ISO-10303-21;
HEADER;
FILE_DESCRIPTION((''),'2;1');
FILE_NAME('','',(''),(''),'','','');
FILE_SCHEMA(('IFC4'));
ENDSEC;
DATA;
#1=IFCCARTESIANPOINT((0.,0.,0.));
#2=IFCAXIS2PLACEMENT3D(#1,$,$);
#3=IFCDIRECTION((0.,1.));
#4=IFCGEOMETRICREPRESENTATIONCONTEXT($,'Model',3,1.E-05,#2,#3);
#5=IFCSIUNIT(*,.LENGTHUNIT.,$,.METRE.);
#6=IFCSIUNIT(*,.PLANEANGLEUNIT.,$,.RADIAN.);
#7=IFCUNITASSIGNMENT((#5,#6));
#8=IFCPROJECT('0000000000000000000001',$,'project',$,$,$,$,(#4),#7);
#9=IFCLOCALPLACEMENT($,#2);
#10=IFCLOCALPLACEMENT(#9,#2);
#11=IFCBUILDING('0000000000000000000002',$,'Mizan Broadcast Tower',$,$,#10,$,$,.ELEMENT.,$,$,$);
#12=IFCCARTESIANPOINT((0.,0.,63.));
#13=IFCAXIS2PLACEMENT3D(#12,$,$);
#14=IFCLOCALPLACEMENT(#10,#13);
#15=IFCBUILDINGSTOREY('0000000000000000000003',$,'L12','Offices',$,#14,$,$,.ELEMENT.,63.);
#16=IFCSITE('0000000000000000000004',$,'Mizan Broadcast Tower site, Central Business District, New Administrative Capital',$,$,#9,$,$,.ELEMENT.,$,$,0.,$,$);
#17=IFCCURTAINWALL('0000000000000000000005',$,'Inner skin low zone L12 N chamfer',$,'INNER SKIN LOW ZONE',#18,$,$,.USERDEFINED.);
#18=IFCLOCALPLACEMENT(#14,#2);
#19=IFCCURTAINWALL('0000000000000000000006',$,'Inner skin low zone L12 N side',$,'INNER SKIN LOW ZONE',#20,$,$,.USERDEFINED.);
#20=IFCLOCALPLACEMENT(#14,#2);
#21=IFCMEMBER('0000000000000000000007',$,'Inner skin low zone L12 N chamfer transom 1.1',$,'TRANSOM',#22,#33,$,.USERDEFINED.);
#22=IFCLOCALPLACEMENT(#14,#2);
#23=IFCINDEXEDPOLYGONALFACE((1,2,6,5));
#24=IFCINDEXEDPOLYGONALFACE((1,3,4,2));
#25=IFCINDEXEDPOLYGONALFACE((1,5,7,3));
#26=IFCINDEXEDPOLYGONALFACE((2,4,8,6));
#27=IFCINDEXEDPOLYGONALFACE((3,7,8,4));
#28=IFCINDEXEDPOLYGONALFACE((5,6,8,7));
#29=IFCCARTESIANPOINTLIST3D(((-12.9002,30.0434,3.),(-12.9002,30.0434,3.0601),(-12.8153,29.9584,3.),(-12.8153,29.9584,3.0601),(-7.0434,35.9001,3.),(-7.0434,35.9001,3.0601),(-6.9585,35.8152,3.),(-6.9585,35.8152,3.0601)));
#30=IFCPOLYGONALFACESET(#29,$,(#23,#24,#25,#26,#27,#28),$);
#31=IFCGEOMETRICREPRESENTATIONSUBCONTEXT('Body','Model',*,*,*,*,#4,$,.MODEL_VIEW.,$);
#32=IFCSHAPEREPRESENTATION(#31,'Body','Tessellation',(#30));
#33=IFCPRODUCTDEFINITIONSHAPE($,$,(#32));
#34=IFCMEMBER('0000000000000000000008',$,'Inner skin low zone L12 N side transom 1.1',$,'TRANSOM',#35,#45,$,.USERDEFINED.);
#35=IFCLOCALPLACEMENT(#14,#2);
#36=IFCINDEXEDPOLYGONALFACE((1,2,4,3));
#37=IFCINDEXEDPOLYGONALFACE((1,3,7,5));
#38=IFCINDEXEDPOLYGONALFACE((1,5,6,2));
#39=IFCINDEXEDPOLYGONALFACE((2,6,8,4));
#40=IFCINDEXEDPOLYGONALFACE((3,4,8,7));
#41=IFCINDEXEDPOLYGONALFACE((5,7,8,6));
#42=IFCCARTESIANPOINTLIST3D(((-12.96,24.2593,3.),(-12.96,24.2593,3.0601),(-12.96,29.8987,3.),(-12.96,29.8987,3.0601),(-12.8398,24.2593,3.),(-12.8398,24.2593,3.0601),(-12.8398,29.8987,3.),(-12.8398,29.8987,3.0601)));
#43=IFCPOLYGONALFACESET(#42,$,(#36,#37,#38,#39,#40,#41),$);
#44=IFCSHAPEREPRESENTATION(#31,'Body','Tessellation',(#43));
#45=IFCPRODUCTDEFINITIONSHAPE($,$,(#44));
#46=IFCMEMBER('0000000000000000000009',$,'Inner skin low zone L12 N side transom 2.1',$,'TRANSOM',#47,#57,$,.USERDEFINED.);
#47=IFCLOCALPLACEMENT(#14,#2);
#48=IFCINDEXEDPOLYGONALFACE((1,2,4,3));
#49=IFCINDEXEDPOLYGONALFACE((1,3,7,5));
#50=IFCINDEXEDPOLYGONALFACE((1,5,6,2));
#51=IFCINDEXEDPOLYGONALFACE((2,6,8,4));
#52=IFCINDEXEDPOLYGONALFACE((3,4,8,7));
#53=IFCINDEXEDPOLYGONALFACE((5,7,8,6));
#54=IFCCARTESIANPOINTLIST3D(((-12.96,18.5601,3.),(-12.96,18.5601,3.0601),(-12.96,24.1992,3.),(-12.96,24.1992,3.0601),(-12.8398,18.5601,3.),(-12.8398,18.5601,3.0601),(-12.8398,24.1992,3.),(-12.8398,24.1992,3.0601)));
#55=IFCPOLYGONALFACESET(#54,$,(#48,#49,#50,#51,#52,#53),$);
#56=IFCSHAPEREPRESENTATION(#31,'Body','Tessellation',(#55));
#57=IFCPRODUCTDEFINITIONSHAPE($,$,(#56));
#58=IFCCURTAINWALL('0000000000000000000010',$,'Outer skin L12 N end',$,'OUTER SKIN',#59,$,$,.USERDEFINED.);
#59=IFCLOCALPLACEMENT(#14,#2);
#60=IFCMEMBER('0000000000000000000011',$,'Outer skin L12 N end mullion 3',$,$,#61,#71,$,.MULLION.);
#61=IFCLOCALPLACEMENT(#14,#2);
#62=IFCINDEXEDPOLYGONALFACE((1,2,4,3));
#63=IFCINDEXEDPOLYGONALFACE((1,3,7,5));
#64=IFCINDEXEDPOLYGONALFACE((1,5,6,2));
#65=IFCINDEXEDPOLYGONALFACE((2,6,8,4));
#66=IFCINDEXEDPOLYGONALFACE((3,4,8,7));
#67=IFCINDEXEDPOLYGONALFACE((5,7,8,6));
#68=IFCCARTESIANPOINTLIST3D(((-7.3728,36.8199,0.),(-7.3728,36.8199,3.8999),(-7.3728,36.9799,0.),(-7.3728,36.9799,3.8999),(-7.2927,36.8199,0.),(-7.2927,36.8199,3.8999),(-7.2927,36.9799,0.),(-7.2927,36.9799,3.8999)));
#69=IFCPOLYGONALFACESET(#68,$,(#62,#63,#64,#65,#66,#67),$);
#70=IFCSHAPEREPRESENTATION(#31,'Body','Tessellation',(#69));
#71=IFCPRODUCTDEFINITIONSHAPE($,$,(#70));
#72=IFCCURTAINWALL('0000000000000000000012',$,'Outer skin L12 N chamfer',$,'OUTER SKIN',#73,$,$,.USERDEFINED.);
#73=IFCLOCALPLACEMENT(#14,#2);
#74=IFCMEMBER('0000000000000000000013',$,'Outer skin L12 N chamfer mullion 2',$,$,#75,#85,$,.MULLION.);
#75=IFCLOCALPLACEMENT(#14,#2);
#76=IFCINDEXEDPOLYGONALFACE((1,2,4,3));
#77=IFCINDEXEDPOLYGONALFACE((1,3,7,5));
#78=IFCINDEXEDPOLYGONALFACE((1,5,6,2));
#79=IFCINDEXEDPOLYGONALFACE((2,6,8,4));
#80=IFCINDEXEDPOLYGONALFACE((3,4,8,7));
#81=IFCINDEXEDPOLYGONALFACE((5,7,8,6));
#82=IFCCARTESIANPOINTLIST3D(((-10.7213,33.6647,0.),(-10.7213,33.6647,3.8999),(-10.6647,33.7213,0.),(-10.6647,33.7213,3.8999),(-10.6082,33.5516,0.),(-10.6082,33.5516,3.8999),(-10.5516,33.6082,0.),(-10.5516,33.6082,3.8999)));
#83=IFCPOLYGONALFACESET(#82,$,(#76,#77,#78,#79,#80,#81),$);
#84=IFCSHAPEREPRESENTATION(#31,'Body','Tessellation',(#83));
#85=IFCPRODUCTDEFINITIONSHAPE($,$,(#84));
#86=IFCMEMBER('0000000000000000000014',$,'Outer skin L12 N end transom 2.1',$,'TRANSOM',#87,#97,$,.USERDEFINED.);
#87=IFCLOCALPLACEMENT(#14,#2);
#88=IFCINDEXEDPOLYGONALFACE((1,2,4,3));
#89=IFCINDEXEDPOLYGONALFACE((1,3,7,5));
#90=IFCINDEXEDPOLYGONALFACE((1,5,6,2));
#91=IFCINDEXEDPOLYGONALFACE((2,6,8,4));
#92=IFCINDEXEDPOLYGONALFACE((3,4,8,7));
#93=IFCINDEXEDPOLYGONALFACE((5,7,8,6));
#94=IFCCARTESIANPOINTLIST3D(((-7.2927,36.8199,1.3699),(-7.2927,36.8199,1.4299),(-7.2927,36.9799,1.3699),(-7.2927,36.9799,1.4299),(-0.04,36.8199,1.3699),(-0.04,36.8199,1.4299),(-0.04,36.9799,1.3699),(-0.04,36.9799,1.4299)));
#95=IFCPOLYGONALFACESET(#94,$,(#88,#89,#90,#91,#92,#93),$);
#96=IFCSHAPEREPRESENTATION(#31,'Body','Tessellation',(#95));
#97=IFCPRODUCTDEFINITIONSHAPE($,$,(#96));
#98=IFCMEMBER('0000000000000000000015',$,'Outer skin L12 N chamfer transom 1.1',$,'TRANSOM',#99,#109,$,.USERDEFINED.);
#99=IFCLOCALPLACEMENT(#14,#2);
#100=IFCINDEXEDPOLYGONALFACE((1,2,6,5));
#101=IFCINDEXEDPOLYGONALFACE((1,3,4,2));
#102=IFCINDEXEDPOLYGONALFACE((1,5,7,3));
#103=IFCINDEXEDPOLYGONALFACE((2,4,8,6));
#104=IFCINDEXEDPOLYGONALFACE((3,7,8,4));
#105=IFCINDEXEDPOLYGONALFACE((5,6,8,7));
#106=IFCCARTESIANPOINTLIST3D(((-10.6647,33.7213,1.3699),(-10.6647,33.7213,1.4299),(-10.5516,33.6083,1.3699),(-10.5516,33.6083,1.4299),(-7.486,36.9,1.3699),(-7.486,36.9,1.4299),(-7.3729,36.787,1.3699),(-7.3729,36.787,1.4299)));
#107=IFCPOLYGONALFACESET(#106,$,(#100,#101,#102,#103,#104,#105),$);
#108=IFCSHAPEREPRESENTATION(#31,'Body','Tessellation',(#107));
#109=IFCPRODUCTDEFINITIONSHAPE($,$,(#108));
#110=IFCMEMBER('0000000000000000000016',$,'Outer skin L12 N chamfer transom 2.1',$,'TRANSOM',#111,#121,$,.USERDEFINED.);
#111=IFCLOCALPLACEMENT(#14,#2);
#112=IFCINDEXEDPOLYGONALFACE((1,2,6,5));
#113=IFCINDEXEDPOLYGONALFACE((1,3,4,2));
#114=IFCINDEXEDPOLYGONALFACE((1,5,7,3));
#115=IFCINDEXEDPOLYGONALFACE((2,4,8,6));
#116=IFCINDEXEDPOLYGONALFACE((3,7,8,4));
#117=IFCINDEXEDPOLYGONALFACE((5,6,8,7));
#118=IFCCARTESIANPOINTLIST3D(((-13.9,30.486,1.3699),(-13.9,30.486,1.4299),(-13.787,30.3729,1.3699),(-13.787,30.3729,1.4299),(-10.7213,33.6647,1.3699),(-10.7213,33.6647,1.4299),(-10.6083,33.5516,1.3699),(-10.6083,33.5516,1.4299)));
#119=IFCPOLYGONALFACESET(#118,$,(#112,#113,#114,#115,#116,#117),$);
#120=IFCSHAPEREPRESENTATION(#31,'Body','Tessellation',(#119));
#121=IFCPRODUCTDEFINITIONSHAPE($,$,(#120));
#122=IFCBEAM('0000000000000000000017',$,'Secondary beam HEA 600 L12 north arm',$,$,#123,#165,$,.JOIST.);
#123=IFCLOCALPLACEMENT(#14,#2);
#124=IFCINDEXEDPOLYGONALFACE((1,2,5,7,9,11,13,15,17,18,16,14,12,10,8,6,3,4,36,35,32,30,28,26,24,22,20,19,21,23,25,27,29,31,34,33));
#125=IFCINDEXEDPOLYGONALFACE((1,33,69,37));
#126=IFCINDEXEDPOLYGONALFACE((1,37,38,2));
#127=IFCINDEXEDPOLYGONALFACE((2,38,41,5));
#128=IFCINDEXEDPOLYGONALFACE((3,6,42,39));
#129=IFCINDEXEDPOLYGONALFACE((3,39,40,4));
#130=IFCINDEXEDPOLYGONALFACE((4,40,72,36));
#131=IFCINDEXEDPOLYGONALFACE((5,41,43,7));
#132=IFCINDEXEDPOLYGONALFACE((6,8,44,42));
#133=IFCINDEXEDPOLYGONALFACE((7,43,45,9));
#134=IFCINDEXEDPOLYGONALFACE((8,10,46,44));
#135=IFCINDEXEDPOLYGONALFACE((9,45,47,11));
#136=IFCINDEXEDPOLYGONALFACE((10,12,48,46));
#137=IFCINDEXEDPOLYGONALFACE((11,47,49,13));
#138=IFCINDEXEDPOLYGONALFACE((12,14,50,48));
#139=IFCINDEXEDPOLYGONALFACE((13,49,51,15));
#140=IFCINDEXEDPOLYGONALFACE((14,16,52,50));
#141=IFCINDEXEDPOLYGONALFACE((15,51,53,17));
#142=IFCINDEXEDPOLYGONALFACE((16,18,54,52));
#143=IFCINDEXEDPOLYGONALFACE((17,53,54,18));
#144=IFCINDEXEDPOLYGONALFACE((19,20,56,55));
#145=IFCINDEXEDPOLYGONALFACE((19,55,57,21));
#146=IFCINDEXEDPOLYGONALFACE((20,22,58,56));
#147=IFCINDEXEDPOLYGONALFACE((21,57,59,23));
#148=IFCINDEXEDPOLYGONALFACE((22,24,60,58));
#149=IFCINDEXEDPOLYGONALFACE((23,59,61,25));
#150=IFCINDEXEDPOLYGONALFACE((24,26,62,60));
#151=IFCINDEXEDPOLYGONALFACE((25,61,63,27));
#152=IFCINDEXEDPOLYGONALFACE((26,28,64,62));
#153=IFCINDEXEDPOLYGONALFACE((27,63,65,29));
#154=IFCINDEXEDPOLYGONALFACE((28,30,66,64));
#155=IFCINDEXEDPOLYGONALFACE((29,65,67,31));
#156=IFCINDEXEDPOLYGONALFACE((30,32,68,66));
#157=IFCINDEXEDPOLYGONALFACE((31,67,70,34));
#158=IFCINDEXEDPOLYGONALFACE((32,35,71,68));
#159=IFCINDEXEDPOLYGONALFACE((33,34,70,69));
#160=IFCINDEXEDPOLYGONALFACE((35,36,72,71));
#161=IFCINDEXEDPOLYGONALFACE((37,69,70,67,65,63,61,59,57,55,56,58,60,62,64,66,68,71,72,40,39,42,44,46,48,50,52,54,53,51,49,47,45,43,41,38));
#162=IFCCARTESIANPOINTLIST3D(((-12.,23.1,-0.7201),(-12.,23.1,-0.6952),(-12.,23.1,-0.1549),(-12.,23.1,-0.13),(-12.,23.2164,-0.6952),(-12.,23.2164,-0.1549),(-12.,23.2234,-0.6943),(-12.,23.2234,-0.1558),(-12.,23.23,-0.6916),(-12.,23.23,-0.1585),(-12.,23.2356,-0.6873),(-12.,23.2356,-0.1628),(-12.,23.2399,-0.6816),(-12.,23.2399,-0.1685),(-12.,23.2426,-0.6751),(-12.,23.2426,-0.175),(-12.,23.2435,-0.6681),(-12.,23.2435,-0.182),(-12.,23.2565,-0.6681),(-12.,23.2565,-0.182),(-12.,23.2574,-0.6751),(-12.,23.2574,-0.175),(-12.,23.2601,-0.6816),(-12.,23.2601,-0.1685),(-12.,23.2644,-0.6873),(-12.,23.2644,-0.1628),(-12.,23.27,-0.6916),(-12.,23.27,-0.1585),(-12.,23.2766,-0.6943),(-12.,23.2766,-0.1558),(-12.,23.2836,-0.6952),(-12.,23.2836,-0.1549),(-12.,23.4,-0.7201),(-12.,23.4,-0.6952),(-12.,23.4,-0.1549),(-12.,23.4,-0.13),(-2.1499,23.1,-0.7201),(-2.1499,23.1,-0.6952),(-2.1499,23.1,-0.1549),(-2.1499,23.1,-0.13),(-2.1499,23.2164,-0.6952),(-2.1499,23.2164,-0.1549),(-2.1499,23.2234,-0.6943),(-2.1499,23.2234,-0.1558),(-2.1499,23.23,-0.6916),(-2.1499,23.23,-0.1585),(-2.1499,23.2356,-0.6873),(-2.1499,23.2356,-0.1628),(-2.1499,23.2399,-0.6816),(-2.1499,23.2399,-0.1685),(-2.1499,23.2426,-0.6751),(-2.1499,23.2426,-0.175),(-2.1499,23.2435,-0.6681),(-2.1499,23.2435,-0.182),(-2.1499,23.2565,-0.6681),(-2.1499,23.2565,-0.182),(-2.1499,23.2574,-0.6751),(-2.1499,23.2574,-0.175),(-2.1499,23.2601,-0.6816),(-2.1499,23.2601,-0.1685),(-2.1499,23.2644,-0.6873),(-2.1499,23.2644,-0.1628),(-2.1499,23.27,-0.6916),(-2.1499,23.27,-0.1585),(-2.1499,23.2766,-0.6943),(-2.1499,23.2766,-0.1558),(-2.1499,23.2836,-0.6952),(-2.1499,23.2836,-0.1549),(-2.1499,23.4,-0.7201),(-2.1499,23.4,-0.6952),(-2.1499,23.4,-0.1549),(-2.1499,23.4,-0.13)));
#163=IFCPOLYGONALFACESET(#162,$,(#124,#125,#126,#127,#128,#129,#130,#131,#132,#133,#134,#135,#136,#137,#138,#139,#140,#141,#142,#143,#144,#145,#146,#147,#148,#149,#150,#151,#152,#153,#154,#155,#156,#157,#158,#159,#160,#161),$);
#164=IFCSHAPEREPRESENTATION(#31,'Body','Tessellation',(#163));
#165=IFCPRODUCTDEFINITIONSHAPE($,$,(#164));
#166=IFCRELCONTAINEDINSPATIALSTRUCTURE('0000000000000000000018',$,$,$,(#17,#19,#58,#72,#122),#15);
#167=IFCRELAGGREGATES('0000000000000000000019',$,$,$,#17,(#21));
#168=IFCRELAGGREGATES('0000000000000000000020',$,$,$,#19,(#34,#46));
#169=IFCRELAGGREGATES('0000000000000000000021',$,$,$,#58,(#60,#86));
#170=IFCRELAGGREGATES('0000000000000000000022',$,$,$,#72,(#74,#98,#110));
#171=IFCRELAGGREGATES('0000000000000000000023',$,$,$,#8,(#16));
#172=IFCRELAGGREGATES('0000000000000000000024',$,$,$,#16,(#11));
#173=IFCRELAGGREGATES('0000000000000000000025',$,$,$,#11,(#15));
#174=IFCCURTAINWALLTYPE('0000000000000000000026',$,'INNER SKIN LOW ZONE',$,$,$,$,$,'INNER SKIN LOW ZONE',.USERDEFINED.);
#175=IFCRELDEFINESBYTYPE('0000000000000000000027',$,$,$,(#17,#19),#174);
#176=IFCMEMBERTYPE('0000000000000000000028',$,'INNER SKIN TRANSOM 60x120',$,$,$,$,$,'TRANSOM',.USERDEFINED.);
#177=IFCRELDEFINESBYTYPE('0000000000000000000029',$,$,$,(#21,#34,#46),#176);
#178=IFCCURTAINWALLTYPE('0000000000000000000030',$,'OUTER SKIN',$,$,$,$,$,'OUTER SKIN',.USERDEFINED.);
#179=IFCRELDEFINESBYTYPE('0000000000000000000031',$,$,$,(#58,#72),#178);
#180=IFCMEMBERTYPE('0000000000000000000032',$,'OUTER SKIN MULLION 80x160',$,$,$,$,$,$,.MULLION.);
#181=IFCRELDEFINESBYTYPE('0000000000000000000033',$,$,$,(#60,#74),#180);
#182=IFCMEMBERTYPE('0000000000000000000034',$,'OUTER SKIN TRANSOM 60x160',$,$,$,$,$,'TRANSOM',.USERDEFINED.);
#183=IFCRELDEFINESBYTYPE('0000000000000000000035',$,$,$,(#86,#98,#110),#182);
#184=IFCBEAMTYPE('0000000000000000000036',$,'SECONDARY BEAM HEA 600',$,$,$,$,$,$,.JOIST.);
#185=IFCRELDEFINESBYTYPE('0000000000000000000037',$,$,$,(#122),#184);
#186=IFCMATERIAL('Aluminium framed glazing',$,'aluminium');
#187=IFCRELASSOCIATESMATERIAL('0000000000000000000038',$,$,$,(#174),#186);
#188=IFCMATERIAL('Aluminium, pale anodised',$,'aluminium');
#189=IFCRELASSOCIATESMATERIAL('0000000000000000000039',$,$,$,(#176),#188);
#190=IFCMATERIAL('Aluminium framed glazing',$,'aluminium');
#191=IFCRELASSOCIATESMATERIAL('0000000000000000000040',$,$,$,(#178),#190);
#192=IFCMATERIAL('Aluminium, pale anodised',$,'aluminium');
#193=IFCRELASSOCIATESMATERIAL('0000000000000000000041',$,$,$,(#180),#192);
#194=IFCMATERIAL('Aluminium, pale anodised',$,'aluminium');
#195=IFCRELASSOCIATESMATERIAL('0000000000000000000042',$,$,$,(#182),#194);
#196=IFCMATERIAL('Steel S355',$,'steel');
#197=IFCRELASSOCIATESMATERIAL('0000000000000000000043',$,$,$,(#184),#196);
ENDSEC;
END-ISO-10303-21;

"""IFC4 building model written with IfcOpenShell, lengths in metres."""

from ifc_helpers import new_model, si_unit, direction, frame, origin, origin_2d, place, context, subcontext, project, spatial, rectangle, i_section, extrude, material, material_profile, profile_set, type_object, element, aggregate, save


model = new_model("IFC4")

# Units and contexts
model_context = context("Model", 3, precision=1e-05, world=origin(), true_north=direction((0.0, 1.0)))
body_context = subcontext(model_context, "Body", "Model", "MODEL_VIEW")
ifc_project = project(units=[si_unit("LENGTHUNIT", "METRE"), si_unit("PLANEANGLEUNIT", "RADIAN")], contexts=[model_context])

# Site, building, storey
site_placement = place(None, origin())
site = spatial("IfcSite", under=ifc_project, at=site_placement, Name="Mizan Broadcast Tower site, Central Business District, New Administrative Capital", CompositionType="ELEMENT", RefElevation=0.0)
building_placement = place(site_placement, origin())
building = spatial("IfcBuilding", under=site, at=building_placement, Name="Mizan Broadcast Tower", CompositionType="ELEMENT")
storey_placement = place(building_placement, frame((0.0, 0.0, 63.0)))
storey = spatial("IfcBuildingStorey", under=building, at=storey_placement, Name="L12", Description="Offices", CompositionType="ELEMENT", Elevation=63.0)

# Curtain walls
ifc_material_1 = material(Name="Aluminium framed glazing", Category="aluminium")
curtain_wall_type_1 = type_object("IfcCurtainWallType", Name="INNER SKIN LOW ZONE", ElementType="INNER SKIN LOW ZONE", PredefinedType="USERDEFINED", material=ifc_material_1)
curtain_wall_1_placement = place(storey_placement, origin())
curtain_wall_1 = element("IfcCurtainWall", 1, at=curtain_wall_1_placement, inside=storey, type_object=curtain_wall_type_1, Name="Inner skin low zone L12 N chamfer", ObjectType="INNER SKIN LOW ZONE", PredefinedType="USERDEFINED")
curtain_wall_2_placement = place(storey_placement, origin())
curtain_wall_2 = element("IfcCurtainWall", 2, at=curtain_wall_2_placement, inside=storey, type_object=curtain_wall_type_1, Name="Inner skin low zone L12 N side", ObjectType="INNER SKIN LOW ZONE", PredefinedType="USERDEFINED")

# Members
ifc_material_2 = material(Name="Aluminium, pale anodised", Category="aluminium")
ifc_material_profile_1 = material_profile(ifc_material_2, rectangle(XDim=0.1201, YDim=0.0601, at=origin_2d()), Name="TRANSOM 120x60")
ifc_profile_set_1 = profile_set([ifc_material_profile_1], Name="Aluminium, pale anodised")
member_type_1 = type_object("IfcMemberType", Name="INNER SKIN TRANSOM 60x120", ElementType="TRANSOM", PredefinedType="USERDEFINED", material=ifc_profile_set_1)
member_1_placement = place(storey_placement, frame((-7.001, 35.8577, 3.03), z_axis=(-0.707107, -0.707107, 0.0), x_axis=(0.707107, -0.707107, 0.0)))
member_1 = element("IfcMember", 3, at=member_1_placement, type_object=member_type_1, Name="Inner skin low zone L12 N chamfer transom 1.1", ObjectType="TRANSOM", PredefinedType="USERDEFINED", context=body_context, shape_type="SweptSolid", body=[
    extrude(rectangle(XDim=0.1201, YDim=0.0601, at=origin_2d()), origin(), (0.0, 0.0, 1.0), 8.2827),
])
member_2_placement = place(storey_placement, frame((-12.8999, 29.8987, 3.03), z_axis=(0.0, -1.0, 0.0), x_axis=(1.0, 0.0, 0.0)))
member_2 = element("IfcMember", 4, at=member_2_placement, type_object=member_type_1, Name="Inner skin low zone L12 N side transom 1.1", ObjectType="TRANSOM", PredefinedType="USERDEFINED", context=body_context, shape_type="SweptSolid", body=[
    extrude(rectangle(XDim=0.1201, YDim=0.0601, at=origin_2d()), origin(), (0.0, 0.0, 1.0), 5.6394),
])
member_3_placement = place(storey_placement, frame((-12.8999, 24.1992, 3.03), z_axis=(0.0, -1.0, 0.0), x_axis=(1.0, 0.0, 0.0)))
member_3 = element("IfcMember", 5, at=member_3_placement, type_object=member_type_1, Name="Inner skin low zone L12 N side transom 2.1", ObjectType="TRANSOM", PredefinedType="USERDEFINED", context=body_context, shape_type="SweptSolid", body=[
    extrude(rectangle(XDim=0.1201, YDim=0.0601, at=origin_2d()), origin(), (0.0, 0.0, 1.0), 5.6392),
])

# Curtain walls, members
ifc_material_3 = material(Name="Aluminium framed glazing", Category="aluminium")
curtain_wall_type_2 = type_object("IfcCurtainWallType", Name="OUTER SKIN", ElementType="OUTER SKIN", PredefinedType="USERDEFINED", material=ifc_material_3)
curtain_wall_3_placement = place(storey_placement, origin())
curtain_wall_3 = element("IfcCurtainWall", 6, at=curtain_wall_3_placement, inside=storey, type_object=curtain_wall_type_2, Name="Outer skin L12 N end", ObjectType="OUTER SKIN", PredefinedType="USERDEFINED")
ifc_material_4 = material(Name="Aluminium, pale anodised", Category="aluminium")
ifc_material_profile_2 = material_profile(ifc_material_4, rectangle(XDim=0.1599, YDim=0.0801, at=origin_2d()), Name="MULLION 160x80")
ifc_profile_set_2 = profile_set([ifc_material_profile_2], Name="Aluminium, pale anodised")
member_type_2 = type_object("IfcMemberType", Name="OUTER SKIN MULLION 80x160", PredefinedType="MULLION", material=ifc_profile_set_2)
member_4_placement = place(storey_placement, frame((-7.3328, 36.8999, 0.0), z_axis=(0.0, 0.0, 1.0), x_axis=(0.0, -1.0, 0.0)))
member_4 = element("IfcMember", 7, at=member_4_placement, type_object=member_type_2, Name="Outer skin L12 N end mullion 3", PredefinedType="MULLION", context=body_context, shape_type="SweptSolid", body=[
    extrude(rectangle(XDim=0.1599, YDim=0.0801, at=origin_2d()), origin(), (0.0, 0.0, 1.0), 3.8999),
])
curtain_wall_4_placement = place(storey_placement, origin())
curtain_wall_4 = element("IfcCurtainWall", 8, at=curtain_wall_4_placement, inside=storey, type_object=curtain_wall_type_2, Name="Outer skin L12 N chamfer", ObjectType="OUTER SKIN", PredefinedType="USERDEFINED")
member_5_placement = place(storey_placement, frame((-10.6365, 33.6365, 0.0), z_axis=(0.0, 0.0, 1.0), x_axis=(0.707107, -0.707107, 0.0)))
member_5 = element("IfcMember", 9, at=member_5_placement, type_object=member_type_2, Name="Outer skin L12 N chamfer mullion 2", PredefinedType="MULLION", context=body_context, shape_type="SweptSolid", body=[
    extrude(rectangle(XDim=0.1599, YDim=0.0801, at=origin_2d()), origin(), (0.0, 0.0, 1.0), 3.8999),
])

# Members
ifc_material_5 = material(Name="Aluminium, pale anodised", Category="aluminium")
ifc_material_profile_3 = material_profile(ifc_material_5, rectangle(XDim=0.1599, YDim=0.0601, at=origin_2d()), Name="TRANSOM 160x60")
ifc_profile_set_3 = profile_set([ifc_material_profile_3], Name="Aluminium, pale anodised")
member_type_3 = type_object("IfcMemberType", Name="OUTER SKIN TRANSOM 60x160", ElementType="TRANSOM", PredefinedType="USERDEFINED", material=ifc_profile_set_3)
member_6_placement = place(storey_placement, frame((-0.04, 36.8999, 1.3999), z_axis=(-1.0, 0.0, 0.0), x_axis=(0.0, -1.0, 0.0)))
member_6 = element("IfcMember", 10, at=member_6_placement, type_object=member_type_3, Name="Outer skin L12 N end transom 2.1", ObjectType="TRANSOM", PredefinedType="USERDEFINED", context=body_context, shape_type="SweptSolid", body=[
    extrude(rectangle(XDim=0.1599, YDim=0.0601, at=origin_2d()), origin(), (0.0, 0.0, 1.0), 7.2527),
])
member_7_placement = place(storey_placement, frame((-7.4294, 36.8435, 1.3999), z_axis=(-0.707107, -0.707107, 0.0), x_axis=(0.707107, -0.707107, 0.0)))
member_7 = element("IfcMember", 11, at=member_7_placement, type_object=member_type_3, Name="Outer skin L12 N chamfer transom 1.1", ObjectType="TRANSOM", PredefinedType="USERDEFINED", context=body_context, shape_type="SweptSolid", body=[
    extrude(rectangle(XDim=0.1599, YDim=0.0601, at=origin_2d()), origin(), (0.0, 0.0, 1.0), 4.4954),
])
member_8_placement = place(storey_placement, frame((-10.6648, 33.6082, 1.3999), z_axis=(-0.707107, -0.707107, 0.0), x_axis=(0.707107, -0.707107, 0.0)))
member_8 = element("IfcMember", 12, at=member_8_placement, type_object=member_type_3, Name="Outer skin L12 N chamfer transom 2.1", ObjectType="TRANSOM", PredefinedType="USERDEFINED", context=body_context, shape_type="SweptSolid", body=[
    extrude(rectangle(XDim=0.1599, YDim=0.0601, at=origin_2d()), origin(), (0.0, 0.0, 1.0), 4.4954),
])

# Beam
ifc_material_6 = material(Name="Steel S355", Category="steel")
ifc_material_profile_4 = material_profile(ifc_material_6, i_section(OverallWidth=0.3, OverallDepth=0.5901, WebThickness=0.0129, FlangeThickness=0.0249, FilletRadius=0.0271, at=origin_2d()), Name="HEA 600")
ifc_profile_set_4 = profile_set([ifc_material_profile_4], Name="Steel S355")
beam_type_1 = type_object("IfcBeamType", Name="SECONDARY BEAM HEA 600", PredefinedType="JOIST", material=ifc_profile_set_4)
beam_1_placement = place(storey_placement, frame((-12.0, 23.25, -0.425), z_axis=(1.0, 0.0, 0.0), x_axis=(0.0, 1.0, 0.0)))
element("IfcBeam", 13, at=beam_1_placement, inside=storey, type_object=beam_type_1, Name="Secondary beam HEA 600 L12 north arm", PredefinedType="JOIST", context=body_context, shape_type="SweptSolid", body=[
    extrude(i_section(OverallWidth=0.3, OverallDepth=0.5901, WebThickness=0.0129, FlangeThickness=0.0249, FilletRadius=0.0271, at=origin_2d()), origin(), (0.0, 0.0, 1.0), 9.8501),
])

aggregate(curtain_wall_1, [member_1])
aggregate(curtain_wall_2, [member_2, member_3])
aggregate(curtain_wall_3, [member_4, member_6])
aggregate(curtain_wall_4, [member_5, member_7, member_8])

save(model, "model.ifc")
